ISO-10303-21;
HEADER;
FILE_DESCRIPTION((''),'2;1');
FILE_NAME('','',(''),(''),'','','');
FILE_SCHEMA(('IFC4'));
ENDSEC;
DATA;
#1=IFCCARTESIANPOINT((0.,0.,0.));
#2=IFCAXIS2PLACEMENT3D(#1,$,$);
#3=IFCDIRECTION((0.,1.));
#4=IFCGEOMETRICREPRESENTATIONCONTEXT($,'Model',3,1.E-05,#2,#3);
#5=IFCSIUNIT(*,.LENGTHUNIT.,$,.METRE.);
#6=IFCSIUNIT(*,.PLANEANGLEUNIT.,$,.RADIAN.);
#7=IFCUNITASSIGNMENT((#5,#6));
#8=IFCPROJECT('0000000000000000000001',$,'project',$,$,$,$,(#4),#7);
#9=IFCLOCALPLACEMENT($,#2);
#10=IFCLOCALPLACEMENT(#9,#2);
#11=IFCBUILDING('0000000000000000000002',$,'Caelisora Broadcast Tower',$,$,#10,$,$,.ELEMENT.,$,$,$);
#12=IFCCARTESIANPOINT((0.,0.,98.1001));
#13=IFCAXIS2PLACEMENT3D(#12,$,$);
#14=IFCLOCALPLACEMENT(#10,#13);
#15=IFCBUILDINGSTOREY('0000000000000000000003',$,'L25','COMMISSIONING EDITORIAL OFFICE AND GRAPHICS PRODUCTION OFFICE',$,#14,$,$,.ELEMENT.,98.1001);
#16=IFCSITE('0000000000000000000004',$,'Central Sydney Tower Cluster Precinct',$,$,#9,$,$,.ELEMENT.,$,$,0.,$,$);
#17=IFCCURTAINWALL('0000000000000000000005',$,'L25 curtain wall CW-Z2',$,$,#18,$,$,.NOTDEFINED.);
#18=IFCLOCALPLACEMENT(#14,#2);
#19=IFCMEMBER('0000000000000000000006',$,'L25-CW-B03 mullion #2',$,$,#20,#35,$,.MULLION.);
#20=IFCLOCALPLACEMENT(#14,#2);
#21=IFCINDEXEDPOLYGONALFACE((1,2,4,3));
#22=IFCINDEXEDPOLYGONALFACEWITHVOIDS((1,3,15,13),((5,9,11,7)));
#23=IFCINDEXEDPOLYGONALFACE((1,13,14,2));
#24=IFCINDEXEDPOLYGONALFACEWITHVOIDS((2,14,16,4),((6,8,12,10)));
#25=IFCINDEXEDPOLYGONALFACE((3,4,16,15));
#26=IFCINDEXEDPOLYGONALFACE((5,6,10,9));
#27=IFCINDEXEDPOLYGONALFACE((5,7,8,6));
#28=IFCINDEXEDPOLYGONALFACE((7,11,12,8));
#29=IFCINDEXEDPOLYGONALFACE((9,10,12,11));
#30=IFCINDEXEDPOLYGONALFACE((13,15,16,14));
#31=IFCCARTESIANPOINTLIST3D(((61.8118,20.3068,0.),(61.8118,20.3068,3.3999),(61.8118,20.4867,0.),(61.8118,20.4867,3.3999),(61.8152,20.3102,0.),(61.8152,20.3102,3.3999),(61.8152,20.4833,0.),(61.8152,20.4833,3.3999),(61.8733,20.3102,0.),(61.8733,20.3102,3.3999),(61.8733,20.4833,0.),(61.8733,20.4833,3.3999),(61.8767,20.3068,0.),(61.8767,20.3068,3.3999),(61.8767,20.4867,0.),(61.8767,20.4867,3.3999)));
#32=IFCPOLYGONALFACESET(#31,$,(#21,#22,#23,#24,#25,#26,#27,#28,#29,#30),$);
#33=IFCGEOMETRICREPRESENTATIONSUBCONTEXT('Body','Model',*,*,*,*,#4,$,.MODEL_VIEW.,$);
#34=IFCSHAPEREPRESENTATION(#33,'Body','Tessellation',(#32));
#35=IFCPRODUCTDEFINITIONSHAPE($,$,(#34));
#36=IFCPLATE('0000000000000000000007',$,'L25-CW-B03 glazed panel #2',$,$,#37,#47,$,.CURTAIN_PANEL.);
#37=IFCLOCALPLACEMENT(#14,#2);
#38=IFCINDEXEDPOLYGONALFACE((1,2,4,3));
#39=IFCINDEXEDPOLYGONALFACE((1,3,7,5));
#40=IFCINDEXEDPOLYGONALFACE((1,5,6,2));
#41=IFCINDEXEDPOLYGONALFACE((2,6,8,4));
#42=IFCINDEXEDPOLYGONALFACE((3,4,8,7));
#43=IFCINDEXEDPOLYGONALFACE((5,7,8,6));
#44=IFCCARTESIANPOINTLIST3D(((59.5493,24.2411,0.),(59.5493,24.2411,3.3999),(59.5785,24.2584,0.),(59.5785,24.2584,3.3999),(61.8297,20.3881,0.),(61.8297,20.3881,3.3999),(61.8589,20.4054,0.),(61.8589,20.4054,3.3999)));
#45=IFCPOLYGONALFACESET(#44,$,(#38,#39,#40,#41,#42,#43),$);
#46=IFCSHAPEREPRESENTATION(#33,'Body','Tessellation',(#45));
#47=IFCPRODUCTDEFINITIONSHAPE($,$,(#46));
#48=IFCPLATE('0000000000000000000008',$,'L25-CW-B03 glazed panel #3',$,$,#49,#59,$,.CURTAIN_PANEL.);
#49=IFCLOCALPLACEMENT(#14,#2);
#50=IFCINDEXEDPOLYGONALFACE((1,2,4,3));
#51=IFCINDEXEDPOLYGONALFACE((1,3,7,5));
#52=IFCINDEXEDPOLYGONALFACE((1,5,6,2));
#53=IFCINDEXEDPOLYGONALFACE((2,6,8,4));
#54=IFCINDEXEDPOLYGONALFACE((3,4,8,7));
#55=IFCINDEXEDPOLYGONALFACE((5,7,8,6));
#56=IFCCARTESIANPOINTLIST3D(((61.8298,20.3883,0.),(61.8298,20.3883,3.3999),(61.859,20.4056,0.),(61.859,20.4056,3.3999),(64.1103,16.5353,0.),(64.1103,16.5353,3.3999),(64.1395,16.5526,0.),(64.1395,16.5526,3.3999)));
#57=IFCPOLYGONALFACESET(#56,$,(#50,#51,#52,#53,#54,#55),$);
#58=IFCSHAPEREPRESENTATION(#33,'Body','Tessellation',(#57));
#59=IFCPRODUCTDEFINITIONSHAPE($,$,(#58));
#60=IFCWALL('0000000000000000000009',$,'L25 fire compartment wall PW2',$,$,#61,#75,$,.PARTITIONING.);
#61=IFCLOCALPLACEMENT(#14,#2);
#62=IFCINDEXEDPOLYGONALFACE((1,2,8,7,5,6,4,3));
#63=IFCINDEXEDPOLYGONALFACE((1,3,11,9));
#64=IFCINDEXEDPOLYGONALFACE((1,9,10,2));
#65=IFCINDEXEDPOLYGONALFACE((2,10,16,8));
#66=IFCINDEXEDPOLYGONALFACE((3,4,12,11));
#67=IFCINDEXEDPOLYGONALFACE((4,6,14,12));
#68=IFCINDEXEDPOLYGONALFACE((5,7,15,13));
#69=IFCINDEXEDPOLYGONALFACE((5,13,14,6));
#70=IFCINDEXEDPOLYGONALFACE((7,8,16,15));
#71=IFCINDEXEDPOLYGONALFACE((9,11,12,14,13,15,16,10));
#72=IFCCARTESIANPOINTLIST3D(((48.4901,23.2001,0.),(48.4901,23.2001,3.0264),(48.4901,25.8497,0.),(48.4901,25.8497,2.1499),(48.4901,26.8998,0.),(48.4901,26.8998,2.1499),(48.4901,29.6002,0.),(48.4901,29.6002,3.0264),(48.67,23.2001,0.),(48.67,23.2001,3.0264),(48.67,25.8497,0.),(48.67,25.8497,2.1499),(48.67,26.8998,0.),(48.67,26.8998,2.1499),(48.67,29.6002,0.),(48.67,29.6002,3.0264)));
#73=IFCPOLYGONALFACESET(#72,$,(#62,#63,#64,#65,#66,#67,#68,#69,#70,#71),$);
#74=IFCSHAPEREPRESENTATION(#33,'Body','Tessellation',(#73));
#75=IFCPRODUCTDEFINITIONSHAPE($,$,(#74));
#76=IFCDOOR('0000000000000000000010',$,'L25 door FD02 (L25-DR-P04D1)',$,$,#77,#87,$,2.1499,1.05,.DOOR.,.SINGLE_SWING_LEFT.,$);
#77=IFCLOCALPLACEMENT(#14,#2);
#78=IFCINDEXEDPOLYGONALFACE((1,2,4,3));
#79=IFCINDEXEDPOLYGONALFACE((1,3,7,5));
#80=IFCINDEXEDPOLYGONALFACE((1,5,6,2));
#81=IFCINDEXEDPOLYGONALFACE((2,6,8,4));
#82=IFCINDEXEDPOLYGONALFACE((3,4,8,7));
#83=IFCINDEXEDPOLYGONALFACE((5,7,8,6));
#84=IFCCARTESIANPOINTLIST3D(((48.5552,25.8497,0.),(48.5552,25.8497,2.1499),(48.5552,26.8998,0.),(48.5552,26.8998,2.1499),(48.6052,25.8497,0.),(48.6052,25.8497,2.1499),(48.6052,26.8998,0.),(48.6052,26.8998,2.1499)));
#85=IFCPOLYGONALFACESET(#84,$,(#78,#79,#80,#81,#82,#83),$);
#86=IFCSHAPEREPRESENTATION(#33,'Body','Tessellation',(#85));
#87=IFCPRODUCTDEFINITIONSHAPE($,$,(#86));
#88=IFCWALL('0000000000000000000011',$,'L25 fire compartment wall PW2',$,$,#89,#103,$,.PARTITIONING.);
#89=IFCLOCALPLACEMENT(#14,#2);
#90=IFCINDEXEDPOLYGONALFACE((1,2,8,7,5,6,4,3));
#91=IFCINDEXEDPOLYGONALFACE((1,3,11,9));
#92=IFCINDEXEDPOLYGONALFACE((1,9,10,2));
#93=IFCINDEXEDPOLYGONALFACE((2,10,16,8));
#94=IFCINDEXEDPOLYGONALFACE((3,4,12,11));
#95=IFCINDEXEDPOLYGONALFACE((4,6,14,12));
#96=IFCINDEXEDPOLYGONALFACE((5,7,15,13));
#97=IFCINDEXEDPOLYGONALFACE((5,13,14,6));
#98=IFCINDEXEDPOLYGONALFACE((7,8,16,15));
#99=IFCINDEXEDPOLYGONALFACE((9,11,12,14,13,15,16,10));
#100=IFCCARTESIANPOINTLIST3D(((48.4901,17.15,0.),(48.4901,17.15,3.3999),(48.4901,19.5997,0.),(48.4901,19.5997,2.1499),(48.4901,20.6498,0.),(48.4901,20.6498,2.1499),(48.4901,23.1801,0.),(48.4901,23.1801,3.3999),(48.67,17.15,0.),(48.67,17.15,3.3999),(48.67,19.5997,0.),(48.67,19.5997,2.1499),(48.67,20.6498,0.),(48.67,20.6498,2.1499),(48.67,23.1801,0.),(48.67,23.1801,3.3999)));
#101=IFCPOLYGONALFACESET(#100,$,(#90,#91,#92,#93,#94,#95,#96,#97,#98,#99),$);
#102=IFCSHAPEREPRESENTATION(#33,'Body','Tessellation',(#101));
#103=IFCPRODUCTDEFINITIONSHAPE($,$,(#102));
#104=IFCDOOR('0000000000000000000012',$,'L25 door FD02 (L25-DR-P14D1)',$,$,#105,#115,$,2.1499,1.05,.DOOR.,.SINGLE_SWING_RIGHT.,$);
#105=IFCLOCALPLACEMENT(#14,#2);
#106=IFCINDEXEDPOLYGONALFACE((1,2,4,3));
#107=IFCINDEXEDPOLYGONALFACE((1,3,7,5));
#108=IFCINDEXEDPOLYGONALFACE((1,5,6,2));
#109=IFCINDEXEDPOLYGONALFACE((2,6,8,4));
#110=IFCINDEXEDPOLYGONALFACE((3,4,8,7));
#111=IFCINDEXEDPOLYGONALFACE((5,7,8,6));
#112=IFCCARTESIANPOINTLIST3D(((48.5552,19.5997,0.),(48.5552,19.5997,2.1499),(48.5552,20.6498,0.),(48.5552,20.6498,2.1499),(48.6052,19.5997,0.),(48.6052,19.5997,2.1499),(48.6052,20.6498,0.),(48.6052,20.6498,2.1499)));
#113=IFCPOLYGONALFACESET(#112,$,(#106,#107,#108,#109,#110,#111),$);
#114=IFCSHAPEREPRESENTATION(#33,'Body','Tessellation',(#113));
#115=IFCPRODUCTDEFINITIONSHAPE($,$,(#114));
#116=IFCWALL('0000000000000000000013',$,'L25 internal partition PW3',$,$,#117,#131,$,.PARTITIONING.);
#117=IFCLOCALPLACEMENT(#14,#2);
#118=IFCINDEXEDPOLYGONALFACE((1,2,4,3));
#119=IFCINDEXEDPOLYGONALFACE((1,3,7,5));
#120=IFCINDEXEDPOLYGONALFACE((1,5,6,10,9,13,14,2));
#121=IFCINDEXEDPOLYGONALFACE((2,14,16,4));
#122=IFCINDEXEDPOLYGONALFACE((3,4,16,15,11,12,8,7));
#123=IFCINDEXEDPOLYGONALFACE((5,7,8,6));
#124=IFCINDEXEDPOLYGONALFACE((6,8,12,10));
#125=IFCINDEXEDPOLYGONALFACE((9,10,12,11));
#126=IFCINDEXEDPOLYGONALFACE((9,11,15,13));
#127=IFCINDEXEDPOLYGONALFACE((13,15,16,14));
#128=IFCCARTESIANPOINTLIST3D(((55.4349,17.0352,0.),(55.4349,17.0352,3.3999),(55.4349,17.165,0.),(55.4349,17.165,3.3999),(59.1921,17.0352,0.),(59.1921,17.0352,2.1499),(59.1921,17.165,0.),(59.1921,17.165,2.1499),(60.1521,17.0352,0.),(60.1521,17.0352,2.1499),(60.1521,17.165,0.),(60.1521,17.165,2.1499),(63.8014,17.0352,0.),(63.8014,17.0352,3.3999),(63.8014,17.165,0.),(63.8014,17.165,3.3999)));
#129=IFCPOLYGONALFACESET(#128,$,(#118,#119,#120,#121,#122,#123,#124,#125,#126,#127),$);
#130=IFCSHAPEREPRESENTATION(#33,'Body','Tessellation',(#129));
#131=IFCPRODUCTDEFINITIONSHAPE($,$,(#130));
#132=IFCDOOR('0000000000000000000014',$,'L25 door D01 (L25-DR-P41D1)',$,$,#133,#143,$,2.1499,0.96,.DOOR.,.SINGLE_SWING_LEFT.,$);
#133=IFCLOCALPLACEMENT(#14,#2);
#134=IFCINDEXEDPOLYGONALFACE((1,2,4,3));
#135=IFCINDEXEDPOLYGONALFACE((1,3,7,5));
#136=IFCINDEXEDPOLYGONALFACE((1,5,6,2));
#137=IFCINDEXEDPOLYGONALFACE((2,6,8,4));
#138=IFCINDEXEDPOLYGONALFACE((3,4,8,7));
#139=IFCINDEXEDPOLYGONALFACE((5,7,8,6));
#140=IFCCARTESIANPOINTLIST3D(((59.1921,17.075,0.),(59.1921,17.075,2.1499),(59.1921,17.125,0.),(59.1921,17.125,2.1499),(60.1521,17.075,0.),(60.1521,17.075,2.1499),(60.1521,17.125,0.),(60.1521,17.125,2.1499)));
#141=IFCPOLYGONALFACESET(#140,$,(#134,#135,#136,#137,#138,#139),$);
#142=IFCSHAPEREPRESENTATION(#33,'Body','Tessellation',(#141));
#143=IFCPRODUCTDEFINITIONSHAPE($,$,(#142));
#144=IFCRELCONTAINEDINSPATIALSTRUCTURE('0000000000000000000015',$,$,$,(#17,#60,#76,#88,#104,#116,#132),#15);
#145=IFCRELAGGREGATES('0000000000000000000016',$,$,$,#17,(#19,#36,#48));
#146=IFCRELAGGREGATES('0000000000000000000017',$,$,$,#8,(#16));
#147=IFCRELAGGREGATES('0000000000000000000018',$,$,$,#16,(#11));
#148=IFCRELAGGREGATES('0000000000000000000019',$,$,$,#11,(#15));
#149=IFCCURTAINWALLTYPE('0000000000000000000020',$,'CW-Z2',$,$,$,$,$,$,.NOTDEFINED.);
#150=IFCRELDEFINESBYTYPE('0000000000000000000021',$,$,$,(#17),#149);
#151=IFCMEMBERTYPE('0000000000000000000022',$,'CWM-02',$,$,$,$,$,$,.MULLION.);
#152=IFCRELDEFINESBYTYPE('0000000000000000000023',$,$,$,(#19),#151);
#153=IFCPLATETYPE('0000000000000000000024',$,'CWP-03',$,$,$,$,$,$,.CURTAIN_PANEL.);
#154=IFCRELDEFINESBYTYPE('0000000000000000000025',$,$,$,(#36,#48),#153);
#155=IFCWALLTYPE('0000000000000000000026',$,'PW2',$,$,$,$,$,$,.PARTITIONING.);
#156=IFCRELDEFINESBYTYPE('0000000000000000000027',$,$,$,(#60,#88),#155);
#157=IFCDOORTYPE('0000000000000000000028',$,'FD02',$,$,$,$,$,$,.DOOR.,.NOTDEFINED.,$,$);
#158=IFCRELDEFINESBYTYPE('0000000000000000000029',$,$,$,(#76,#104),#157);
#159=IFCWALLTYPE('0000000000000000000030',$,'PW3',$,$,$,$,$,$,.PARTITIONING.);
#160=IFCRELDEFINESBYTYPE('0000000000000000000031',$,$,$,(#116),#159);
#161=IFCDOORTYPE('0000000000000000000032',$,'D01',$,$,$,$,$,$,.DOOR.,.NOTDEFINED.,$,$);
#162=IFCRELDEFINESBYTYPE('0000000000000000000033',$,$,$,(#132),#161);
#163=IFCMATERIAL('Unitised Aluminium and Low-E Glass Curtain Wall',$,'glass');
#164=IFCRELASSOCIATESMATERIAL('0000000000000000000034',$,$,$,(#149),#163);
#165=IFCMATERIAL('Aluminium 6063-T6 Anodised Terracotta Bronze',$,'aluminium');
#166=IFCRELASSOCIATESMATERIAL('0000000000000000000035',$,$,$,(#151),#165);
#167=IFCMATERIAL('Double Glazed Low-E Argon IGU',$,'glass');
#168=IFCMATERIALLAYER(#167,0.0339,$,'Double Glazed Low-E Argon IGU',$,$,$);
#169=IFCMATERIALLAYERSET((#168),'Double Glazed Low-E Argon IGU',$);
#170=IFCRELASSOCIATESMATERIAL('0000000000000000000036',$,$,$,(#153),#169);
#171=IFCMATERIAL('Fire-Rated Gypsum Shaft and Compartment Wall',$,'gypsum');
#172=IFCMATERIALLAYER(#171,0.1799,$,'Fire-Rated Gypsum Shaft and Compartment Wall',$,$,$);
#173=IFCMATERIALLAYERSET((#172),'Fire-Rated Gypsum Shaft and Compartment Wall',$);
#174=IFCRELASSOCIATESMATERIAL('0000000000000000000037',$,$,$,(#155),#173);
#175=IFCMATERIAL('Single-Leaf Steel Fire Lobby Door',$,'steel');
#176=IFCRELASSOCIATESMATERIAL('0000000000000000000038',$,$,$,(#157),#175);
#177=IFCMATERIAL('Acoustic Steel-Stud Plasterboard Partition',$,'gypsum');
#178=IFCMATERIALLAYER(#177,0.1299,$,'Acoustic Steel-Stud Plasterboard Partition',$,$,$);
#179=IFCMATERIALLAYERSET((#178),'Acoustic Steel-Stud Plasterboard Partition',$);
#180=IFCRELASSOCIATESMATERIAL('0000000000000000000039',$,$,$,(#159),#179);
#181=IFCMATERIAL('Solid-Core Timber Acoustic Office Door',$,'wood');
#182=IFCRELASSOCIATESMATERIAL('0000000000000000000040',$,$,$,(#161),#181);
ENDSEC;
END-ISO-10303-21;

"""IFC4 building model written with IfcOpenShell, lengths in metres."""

from ifc_helpers import new_model, si_unit, direction, frame, frame_2d, origin, origin_2d, place, context, subcontext, project, spatial, rectangle, hollow_rectangle, extrude, source, transform, mapped, material, layer, layer_set, material_profile, profile_set, type_object, type_shapes, element, fill, aggregate, save


model = new_model("IFC4")

# Units and contexts
model_context = context("Model", 3, precision=1e-05, world=origin(), true_north=direction((0.0, 1.0)))
body_context = subcontext(model_context, "Body", "Model", "MODEL_VIEW")
ifc_project = project(units=[si_unit("LENGTHUNIT", "METRE"), si_unit("PLANEANGLEUNIT", "RADIAN")], contexts=[model_context])

# Site, building, storey
site_placement = place(None, origin())
site = spatial("IfcSite", under=ifc_project, at=site_placement, Name="Central Sydney Tower Cluster Precinct", CompositionType="ELEMENT", RefElevation=0.0)
building_placement = place(site_placement, origin())
building = spatial("IfcBuilding", under=site, at=building_placement, Name="Caelisora Broadcast Tower", CompositionType="ELEMENT")
storey_placement = place(building_placement, frame((0.0, 0.0, 98.1001)))
storey = spatial("IfcBuildingStorey", under=building, at=storey_placement, Name="L25", Description="COMMISSIONING EDITORIAL OFFICE AND GRAPHICS PRODUCTION OFFICE", CompositionType="ELEMENT", Elevation=98.1001)

# Curtain wall, member, plates
ifc_material_1 = material(Name="Unitised Aluminium and Low-E Glass Curtain Wall", Category="glass")
curtain_wall_type = type_object("IfcCurtainWallType", Name="CW-Z2", PredefinedType="NOTDEFINED", material=ifc_material_1)
curtain_wall_placement = place(storey_placement, origin())
curtain_wall = element("IfcCurtainWall", 1, at=curtain_wall_placement, inside=storey, type_object=curtain_wall_type, Name="L25 curtain wall CW-Z2", PredefinedType="NOTDEFINED")
ifc_material_2 = material(Name="Aluminium 6063-T6 Anodised Terracotta Bronze", Category="aluminium")
ifc_material_profile_1 = material_profile(ifc_material_2, hollow_rectangle(XDim=0.0649, YDim=0.1799, WallThickness=0.0034, at=origin_2d()), Name="Aluminium 6063-T6 Anodised Terracotta Bronze")
ifc_profile_set_1 = profile_set([ifc_material_profile_1], Name="Aluminium 6063-T6 Anodised Terracotta Bronze")
member_type = type_object("IfcMemberType", Name="CWM-02", PredefinedType="MULLION", material=ifc_profile_set_1)
shared_shape_1 = source(origin(), body_context, "Body", "SweptSolid", [
    extrude(hollow_rectangle(XDim=0.0649, YDim=0.1799, WallThickness=0.0034, at=origin_2d()), origin(), (0.0, 0.0, 1.0), 3.3999),
])
type_shapes(member_type, [shared_shape_1])
member_placement = place(storey_placement, frame((61.8442, 20.3967, 0.0), z_axis=(0.0, 0.0, 1.0), x_axis=(1.0, 0.0, 0.0)))
member = element("IfcMember", 2, at=member_placement, type_object=member_type, Name="L25-CW-B03 mullion #2", PredefinedType="MULLION", context=body_context, shape_type="MappedRepresentation", body=[
    mapped(shared_shape_1, transform((0.0, 0.0, 0.0), scale=1.0)),
])
ifc_material_3 = material(Name="Double Glazed Low-E Argon IGU", Category="glass")
ifc_layer_1 = layer(ifc_material_3, 0.0339, Name="Double Glazed Low-E Argon IGU")
ifc_layer_set_1 = layer_set([ifc_layer_1], Name="Double Glazed Low-E Argon IGU")
plate_type = type_object("IfcPlateType", Name="CWP-03", PredefinedType="CURTAIN_PANEL", material=ifc_layer_set_1)
shared_shape_2 = source(origin(), body_context, "Body", "SweptSolid", [
    extrude(rectangle(XDim=4.4773, YDim=0.0339, at=origin_2d()), origin(), (0.0, 0.0, 1.0), 3.3999),
])
type_shapes(plate_type, [shared_shape_2])
plate_1_placement = place(storey_placement, frame((60.7041, 22.3232, 0.0), z_axis=(0.0, 0.0, 1.0), x_axis=(0.509342, -0.860564, 0.0)))
plate_1 = element("IfcPlate", 3, at=plate_1_placement, type_object=plate_type, Name="L25-CW-B03 glazed panel #2", PredefinedType="CURTAIN_PANEL", context=body_context, shape_type="MappedRepresentation", body=[
    mapped(shared_shape_2, transform((0.0, 0.0, 0.0), scale=1.0)),
])
plate_2_placement = place(storey_placement, frame((62.9846, 18.4705, 0.0), z_axis=(0.0, 0.0, 1.0), x_axis=(0.509342, -0.860564, 0.0)))
plate_2 = element("IfcPlate", 4, at=plate_2_placement, type_object=plate_type, Name="L25-CW-B03 glazed panel #3", PredefinedType="CURTAIN_PANEL", context=body_context, shape_type="MappedRepresentation", body=[
    mapped(shared_shape_2, transform((0.0, 0.0, 0.0), scale=1.0)),
])
aggregate(curtain_wall, [member, plate_1, plate_2])

# Walls, openings, doors
ifc_material_4 = material(Name="Fire-Rated Gypsum Shaft and Compartment Wall", Category="gypsum")
ifc_layer_2 = layer(ifc_material_4, 0.1799, Name="Fire-Rated Gypsum Shaft and Compartment Wall")
ifc_layer_set_2 = layer_set([ifc_layer_2], Name="Fire-Rated Gypsum Shaft and Compartment Wall")
wall_type_1 = type_object("IfcWallType", Name="PW2", PredefinedType="PARTITIONING", material=ifc_layer_set_2)
wall_1_placement = place(storey_placement, frame((48.5801, 23.2, 0.0), z_axis=(0.0, 0.0, 1.0), x_axis=(0.0, 1.0, 0.0)))
wall_1 = element("IfcWall", 5, at=wall_1_placement, inside=storey, type_object=wall_type_1, Name="L25 fire compartment wall PW2", PredefinedType="PARTITIONING", context=body_context, shape_type="SweptSolid", body=[
    extrude(rectangle(XDim=6.4001, YDim=0.1799, at=frame_2d((3.2002, 0.0))), origin(), (0.0, 0.0, 1.0), 3.0264),
])
opening_1_placement = place(wall_1_placement, frame((2.6499, 0.0, 0.0)))
opening_1 = element("IfcOpeningElement", 6, at=opening_1_placement, cuts=wall_1, PredefinedType="OPENING", context=body_context, shape_type="SweptSolid", body=[
    extrude(rectangle(XDim=1.05, YDim=2.1499, at=frame_2d((0.5249, 1.075))), frame((0.0, 0.1021, 0.0), z_axis=(0.0, -1.0, 0.0), x_axis=(1.0, 0.0, 0.0)), (0.0, 0.0, 1.0), 0.2039),
])
ifc_material_5 = material(Name="Single-Leaf Steel Fire Lobby Door", Category="steel")
door_type_1 = type_object("IfcDoorType", Name="FD02", OperationType="NOTDEFINED", PredefinedType="DOOR", material=ifc_material_5)
door_1_placement = place(opening_1_placement, origin())
door_1 = element("IfcDoor", 7, at=door_1_placement, inside=storey, type_object=door_type_1, Name="L25 door FD02 (L25-DR-P04D1)", OperationType="SINGLE_SWING_LEFT", OverallHeight=2.1499, OverallWidth=1.05, PredefinedType="DOOR", context=body_context, shape_type="SweptSolid", body=[
    extrude(rectangle(XDim=1.05, YDim=2.1499, at=frame_2d((0.5249, 1.075))), frame((0.0, 0.0249, 0.0), z_axis=(0.0, -1.0, 0.0), x_axis=(1.0, 0.0, 0.0)), (0.0, 0.0, 1.0), 0.05),
])
fill(opening_1, door_1)
wall_2_placement = place(storey_placement, frame((48.5801, 17.1499, 0.0), z_axis=(0.0, 0.0, 1.0), x_axis=(0.0, 1.0, 0.0)))
wall_2 = element("IfcWall", 8, at=wall_2_placement, inside=storey, type_object=wall_type_1, Name="L25 fire compartment wall PW2", PredefinedType="PARTITIONING", context=body_context, shape_type="SweptSolid", body=[
    extrude(rectangle(XDim=6.03, YDim=0.1799, at=frame_2d((3.0151, 0.0))), origin(), (0.0, 0.0, 1.0), 3.3999),
])
opening_2_placement = place(wall_2_placement, frame((2.45, 0.0, 0.0)))
opening_2 = element("IfcOpeningElement", 9, at=opening_2_placement, cuts=wall_2, PredefinedType="OPENING", context=body_context, shape_type="SweptSolid", body=[
    extrude(rectangle(XDim=1.05, YDim=2.1499, at=frame_2d((0.5249, 1.075))), frame((0.0, 0.1021, 0.0), z_axis=(0.0, -1.0, 0.0), x_axis=(1.0, 0.0, 0.0)), (0.0, 0.0, 1.0), 0.2039),
])
door_2_placement = place(opening_2_placement, origin())
door_2 = element("IfcDoor", 10, at=door_2_placement, inside=storey, type_object=door_type_1, Name="L25 door FD02 (L25-DR-P14D1)", OperationType="SINGLE_SWING_RIGHT", OverallHeight=2.1499, OverallWidth=1.05, PredefinedType="DOOR", context=body_context, shape_type="SweptSolid", body=[
    extrude(rectangle(XDim=1.05, YDim=2.1499, at=frame_2d((0.5249, 1.075))), frame((0.0, 0.0249, 0.0), z_axis=(0.0, -1.0, 0.0), x_axis=(1.0, 0.0, 0.0)), (0.0, 0.0, 1.0), 0.05),
])
fill(opening_2, door_2)
ifc_material_6 = material(Name="Acoustic Steel-Stud Plasterboard Partition", Category="gypsum")
ifc_layer_3 = layer(ifc_material_6, 0.1299, Name="Acoustic Steel-Stud Plasterboard Partition")
ifc_layer_set_3 = layer_set([ifc_layer_3], Name="Acoustic Steel-Stud Plasterboard Partition")
wall_type_2 = type_object("IfcWallType", Name="PW3", PredefinedType="PARTITIONING", material=ifc_layer_set_3)
wall_3_placement = place(storey_placement, frame((55.4351, 17.1001, 0.0), z_axis=(0.0, 0.0, 1.0), x_axis=(1.0, 0.0, 0.0)))
wall_3 = element("IfcWall", 11, at=wall_3_placement, inside=storey, type_object=wall_type_2, Name="L25 internal partition PW3", PredefinedType="PARTITIONING", context=body_context, shape_type="SweptSolid", body=[
    extrude(rectangle(XDim=8.3665, YDim=0.1299, at=frame_2d((4.1831, 0.0))), origin(), (0.0, 0.0, 1.0), 3.3999),
])
opening_3_placement = place(wall_3_placement, frame((3.7571, 0.0, 0.0)))
opening_3 = element("IfcOpeningElement", 12, at=opening_3_placement, cuts=wall_3, PredefinedType="OPENING", context=body_context, shape_type="SweptSolid", body=[
    extrude(rectangle(XDim=0.96, YDim=2.1499, at=frame_2d((0.48, 1.075))), frame((0.0, 0.0769, 0.0), z_axis=(0.0, -1.0, 0.0), x_axis=(1.0, 0.0, 0.0)), (0.0, 0.0, 1.0), 0.1538),
])
ifc_material_7 = material(Name="Solid-Core Timber Acoustic Office Door", Category="wood")
door_type_2 = type_object("IfcDoorType", Name="D01", OperationType="NOTDEFINED", PredefinedType="DOOR", material=ifc_material_7)
door_3_placement = place(opening_3_placement, origin())
door_3 = element("IfcDoor", 13, at=door_3_placement, inside=storey, type_object=door_type_2, Name="L25 door D01 (L25-DR-P41D1)", OperationType="SINGLE_SWING_LEFT", OverallHeight=2.1499, OverallWidth=0.96, PredefinedType="DOOR", context=body_context, shape_type="SweptSolid", body=[
    extrude(rectangle(XDim=0.96, YDim=2.1499, at=frame_2d((0.48, 1.075))), frame((0.0, 0.0249, 0.0), z_axis=(0.0, -1.0, 0.0), x_axis=(1.0, 0.0, 0.0)), (0.0, 0.0, 1.0), 0.05),
])
fill(opening_3, door_3)

save(model, "model.ifc")
